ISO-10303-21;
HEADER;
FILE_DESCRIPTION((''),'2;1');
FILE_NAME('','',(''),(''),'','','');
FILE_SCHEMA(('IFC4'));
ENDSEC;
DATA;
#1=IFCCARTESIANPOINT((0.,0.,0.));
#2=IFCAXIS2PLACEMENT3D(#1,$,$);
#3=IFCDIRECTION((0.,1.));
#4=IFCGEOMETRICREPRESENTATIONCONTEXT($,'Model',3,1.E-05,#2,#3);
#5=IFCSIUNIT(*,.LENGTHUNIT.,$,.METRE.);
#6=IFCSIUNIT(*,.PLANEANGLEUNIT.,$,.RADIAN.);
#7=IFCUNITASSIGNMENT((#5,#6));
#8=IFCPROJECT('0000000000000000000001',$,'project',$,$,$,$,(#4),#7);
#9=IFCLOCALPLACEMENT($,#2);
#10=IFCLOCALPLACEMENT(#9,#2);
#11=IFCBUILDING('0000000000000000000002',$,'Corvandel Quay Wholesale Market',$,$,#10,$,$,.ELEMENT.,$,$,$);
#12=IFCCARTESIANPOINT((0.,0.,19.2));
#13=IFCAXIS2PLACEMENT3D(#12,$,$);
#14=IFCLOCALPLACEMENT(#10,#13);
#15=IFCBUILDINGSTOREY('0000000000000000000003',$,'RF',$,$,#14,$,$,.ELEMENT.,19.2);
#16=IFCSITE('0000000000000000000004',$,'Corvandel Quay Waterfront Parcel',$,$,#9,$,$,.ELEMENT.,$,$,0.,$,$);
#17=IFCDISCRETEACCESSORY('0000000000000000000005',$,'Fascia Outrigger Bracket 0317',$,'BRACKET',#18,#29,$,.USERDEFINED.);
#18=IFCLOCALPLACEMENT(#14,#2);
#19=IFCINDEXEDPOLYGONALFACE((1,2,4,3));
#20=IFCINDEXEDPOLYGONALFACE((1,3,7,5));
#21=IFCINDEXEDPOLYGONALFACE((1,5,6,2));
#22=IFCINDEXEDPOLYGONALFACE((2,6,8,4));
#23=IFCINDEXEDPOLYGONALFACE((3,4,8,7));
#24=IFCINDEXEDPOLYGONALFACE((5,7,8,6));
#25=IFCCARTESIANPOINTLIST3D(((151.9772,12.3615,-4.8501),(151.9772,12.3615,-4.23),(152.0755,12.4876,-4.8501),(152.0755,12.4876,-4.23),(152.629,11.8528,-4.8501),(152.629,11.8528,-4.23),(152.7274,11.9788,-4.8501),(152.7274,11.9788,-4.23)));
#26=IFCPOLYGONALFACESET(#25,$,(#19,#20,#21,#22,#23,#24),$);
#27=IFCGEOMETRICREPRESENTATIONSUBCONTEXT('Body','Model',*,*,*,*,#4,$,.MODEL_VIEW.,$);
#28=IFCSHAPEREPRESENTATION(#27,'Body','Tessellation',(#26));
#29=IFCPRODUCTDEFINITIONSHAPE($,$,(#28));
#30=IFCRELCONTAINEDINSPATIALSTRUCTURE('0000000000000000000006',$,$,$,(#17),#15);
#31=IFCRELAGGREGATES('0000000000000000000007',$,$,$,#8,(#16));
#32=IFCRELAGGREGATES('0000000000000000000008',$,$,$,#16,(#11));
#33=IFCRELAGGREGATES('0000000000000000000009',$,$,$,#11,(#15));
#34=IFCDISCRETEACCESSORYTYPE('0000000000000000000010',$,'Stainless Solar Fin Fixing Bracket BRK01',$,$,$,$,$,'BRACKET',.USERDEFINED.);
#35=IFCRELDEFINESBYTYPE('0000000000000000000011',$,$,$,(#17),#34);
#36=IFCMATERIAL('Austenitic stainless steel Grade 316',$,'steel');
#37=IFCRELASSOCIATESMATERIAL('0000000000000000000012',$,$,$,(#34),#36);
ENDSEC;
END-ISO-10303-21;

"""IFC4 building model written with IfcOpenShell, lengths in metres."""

from ifc_helpers import new_model, si_unit, direction, frame, origin, origin_2d, place, context, subcontext, project, spatial, rectangle, extrude, material, type_object, element, save


model = new_model("IFC4")

# Units and contexts
model_context = context("Model", 3, precision=1e-05, world=origin(), true_north=direction((0.0, 1.0)))
body_context = subcontext(model_context, "Body", "Model", "MODEL_VIEW")
ifc_project = project(units=[si_unit("LENGTHUNIT", "METRE"), si_unit("PLANEANGLEUNIT", "RADIAN")], contexts=[model_context])

# Site, building, storey
site_placement = place(None, origin())
site = spatial("IfcSite", under=ifc_project, at=site_placement, Name="Corvandel Quay Waterfront Parcel", CompositionType="ELEMENT", RefElevation=0.0)
building_placement = place(site_placement, origin())
building = spatial("IfcBuilding", under=site, at=building_placement, Name="Corvandel Quay Wholesale Market", CompositionType="ELEMENT")
storey_placement = place(building_placement, frame((0.0, 0.0, 19.2)))
storey = spatial("IfcBuildingStorey", under=building, at=storey_placement, Name="RF", CompositionType="ELEMENT", Elevation=19.2)

# Discrete accessory
ifc_material_1 = material(Name="Austenitic stainless steel Grade 316", Category="steel")
discrete_accessory_type = type_object("IfcDiscreteAccessoryType", Name="Stainless Solar Fin Fixing Bracket BRK01", ElementType="BRACKET", PredefinedType="USERDEFINED", material=ifc_material_1)
discrete_accessory_1_placement = place(storey_placement, frame((152.3523, 12.1702, -4.8501), z_axis=(0.0, 0.0, 1.0), x_axis=(-0.788333, 0.615249, 0.0)))
element("IfcDiscreteAccessory", 1, at=discrete_accessory_1_placement, inside=storey, type_object=discrete_accessory_type, Name="Fascia Outrigger Bracket 0317", ObjectType="BRACKET", PredefinedType="USERDEFINED", context=body_context, shape_type="SweptSolid", body=[
    extrude(rectangle(XDim=0.8269, YDim=0.1599, at=origin_2d()), origin(), (0.0, 0.0, 1.0), 0.6201),
])

save(model, "model.ifc")
